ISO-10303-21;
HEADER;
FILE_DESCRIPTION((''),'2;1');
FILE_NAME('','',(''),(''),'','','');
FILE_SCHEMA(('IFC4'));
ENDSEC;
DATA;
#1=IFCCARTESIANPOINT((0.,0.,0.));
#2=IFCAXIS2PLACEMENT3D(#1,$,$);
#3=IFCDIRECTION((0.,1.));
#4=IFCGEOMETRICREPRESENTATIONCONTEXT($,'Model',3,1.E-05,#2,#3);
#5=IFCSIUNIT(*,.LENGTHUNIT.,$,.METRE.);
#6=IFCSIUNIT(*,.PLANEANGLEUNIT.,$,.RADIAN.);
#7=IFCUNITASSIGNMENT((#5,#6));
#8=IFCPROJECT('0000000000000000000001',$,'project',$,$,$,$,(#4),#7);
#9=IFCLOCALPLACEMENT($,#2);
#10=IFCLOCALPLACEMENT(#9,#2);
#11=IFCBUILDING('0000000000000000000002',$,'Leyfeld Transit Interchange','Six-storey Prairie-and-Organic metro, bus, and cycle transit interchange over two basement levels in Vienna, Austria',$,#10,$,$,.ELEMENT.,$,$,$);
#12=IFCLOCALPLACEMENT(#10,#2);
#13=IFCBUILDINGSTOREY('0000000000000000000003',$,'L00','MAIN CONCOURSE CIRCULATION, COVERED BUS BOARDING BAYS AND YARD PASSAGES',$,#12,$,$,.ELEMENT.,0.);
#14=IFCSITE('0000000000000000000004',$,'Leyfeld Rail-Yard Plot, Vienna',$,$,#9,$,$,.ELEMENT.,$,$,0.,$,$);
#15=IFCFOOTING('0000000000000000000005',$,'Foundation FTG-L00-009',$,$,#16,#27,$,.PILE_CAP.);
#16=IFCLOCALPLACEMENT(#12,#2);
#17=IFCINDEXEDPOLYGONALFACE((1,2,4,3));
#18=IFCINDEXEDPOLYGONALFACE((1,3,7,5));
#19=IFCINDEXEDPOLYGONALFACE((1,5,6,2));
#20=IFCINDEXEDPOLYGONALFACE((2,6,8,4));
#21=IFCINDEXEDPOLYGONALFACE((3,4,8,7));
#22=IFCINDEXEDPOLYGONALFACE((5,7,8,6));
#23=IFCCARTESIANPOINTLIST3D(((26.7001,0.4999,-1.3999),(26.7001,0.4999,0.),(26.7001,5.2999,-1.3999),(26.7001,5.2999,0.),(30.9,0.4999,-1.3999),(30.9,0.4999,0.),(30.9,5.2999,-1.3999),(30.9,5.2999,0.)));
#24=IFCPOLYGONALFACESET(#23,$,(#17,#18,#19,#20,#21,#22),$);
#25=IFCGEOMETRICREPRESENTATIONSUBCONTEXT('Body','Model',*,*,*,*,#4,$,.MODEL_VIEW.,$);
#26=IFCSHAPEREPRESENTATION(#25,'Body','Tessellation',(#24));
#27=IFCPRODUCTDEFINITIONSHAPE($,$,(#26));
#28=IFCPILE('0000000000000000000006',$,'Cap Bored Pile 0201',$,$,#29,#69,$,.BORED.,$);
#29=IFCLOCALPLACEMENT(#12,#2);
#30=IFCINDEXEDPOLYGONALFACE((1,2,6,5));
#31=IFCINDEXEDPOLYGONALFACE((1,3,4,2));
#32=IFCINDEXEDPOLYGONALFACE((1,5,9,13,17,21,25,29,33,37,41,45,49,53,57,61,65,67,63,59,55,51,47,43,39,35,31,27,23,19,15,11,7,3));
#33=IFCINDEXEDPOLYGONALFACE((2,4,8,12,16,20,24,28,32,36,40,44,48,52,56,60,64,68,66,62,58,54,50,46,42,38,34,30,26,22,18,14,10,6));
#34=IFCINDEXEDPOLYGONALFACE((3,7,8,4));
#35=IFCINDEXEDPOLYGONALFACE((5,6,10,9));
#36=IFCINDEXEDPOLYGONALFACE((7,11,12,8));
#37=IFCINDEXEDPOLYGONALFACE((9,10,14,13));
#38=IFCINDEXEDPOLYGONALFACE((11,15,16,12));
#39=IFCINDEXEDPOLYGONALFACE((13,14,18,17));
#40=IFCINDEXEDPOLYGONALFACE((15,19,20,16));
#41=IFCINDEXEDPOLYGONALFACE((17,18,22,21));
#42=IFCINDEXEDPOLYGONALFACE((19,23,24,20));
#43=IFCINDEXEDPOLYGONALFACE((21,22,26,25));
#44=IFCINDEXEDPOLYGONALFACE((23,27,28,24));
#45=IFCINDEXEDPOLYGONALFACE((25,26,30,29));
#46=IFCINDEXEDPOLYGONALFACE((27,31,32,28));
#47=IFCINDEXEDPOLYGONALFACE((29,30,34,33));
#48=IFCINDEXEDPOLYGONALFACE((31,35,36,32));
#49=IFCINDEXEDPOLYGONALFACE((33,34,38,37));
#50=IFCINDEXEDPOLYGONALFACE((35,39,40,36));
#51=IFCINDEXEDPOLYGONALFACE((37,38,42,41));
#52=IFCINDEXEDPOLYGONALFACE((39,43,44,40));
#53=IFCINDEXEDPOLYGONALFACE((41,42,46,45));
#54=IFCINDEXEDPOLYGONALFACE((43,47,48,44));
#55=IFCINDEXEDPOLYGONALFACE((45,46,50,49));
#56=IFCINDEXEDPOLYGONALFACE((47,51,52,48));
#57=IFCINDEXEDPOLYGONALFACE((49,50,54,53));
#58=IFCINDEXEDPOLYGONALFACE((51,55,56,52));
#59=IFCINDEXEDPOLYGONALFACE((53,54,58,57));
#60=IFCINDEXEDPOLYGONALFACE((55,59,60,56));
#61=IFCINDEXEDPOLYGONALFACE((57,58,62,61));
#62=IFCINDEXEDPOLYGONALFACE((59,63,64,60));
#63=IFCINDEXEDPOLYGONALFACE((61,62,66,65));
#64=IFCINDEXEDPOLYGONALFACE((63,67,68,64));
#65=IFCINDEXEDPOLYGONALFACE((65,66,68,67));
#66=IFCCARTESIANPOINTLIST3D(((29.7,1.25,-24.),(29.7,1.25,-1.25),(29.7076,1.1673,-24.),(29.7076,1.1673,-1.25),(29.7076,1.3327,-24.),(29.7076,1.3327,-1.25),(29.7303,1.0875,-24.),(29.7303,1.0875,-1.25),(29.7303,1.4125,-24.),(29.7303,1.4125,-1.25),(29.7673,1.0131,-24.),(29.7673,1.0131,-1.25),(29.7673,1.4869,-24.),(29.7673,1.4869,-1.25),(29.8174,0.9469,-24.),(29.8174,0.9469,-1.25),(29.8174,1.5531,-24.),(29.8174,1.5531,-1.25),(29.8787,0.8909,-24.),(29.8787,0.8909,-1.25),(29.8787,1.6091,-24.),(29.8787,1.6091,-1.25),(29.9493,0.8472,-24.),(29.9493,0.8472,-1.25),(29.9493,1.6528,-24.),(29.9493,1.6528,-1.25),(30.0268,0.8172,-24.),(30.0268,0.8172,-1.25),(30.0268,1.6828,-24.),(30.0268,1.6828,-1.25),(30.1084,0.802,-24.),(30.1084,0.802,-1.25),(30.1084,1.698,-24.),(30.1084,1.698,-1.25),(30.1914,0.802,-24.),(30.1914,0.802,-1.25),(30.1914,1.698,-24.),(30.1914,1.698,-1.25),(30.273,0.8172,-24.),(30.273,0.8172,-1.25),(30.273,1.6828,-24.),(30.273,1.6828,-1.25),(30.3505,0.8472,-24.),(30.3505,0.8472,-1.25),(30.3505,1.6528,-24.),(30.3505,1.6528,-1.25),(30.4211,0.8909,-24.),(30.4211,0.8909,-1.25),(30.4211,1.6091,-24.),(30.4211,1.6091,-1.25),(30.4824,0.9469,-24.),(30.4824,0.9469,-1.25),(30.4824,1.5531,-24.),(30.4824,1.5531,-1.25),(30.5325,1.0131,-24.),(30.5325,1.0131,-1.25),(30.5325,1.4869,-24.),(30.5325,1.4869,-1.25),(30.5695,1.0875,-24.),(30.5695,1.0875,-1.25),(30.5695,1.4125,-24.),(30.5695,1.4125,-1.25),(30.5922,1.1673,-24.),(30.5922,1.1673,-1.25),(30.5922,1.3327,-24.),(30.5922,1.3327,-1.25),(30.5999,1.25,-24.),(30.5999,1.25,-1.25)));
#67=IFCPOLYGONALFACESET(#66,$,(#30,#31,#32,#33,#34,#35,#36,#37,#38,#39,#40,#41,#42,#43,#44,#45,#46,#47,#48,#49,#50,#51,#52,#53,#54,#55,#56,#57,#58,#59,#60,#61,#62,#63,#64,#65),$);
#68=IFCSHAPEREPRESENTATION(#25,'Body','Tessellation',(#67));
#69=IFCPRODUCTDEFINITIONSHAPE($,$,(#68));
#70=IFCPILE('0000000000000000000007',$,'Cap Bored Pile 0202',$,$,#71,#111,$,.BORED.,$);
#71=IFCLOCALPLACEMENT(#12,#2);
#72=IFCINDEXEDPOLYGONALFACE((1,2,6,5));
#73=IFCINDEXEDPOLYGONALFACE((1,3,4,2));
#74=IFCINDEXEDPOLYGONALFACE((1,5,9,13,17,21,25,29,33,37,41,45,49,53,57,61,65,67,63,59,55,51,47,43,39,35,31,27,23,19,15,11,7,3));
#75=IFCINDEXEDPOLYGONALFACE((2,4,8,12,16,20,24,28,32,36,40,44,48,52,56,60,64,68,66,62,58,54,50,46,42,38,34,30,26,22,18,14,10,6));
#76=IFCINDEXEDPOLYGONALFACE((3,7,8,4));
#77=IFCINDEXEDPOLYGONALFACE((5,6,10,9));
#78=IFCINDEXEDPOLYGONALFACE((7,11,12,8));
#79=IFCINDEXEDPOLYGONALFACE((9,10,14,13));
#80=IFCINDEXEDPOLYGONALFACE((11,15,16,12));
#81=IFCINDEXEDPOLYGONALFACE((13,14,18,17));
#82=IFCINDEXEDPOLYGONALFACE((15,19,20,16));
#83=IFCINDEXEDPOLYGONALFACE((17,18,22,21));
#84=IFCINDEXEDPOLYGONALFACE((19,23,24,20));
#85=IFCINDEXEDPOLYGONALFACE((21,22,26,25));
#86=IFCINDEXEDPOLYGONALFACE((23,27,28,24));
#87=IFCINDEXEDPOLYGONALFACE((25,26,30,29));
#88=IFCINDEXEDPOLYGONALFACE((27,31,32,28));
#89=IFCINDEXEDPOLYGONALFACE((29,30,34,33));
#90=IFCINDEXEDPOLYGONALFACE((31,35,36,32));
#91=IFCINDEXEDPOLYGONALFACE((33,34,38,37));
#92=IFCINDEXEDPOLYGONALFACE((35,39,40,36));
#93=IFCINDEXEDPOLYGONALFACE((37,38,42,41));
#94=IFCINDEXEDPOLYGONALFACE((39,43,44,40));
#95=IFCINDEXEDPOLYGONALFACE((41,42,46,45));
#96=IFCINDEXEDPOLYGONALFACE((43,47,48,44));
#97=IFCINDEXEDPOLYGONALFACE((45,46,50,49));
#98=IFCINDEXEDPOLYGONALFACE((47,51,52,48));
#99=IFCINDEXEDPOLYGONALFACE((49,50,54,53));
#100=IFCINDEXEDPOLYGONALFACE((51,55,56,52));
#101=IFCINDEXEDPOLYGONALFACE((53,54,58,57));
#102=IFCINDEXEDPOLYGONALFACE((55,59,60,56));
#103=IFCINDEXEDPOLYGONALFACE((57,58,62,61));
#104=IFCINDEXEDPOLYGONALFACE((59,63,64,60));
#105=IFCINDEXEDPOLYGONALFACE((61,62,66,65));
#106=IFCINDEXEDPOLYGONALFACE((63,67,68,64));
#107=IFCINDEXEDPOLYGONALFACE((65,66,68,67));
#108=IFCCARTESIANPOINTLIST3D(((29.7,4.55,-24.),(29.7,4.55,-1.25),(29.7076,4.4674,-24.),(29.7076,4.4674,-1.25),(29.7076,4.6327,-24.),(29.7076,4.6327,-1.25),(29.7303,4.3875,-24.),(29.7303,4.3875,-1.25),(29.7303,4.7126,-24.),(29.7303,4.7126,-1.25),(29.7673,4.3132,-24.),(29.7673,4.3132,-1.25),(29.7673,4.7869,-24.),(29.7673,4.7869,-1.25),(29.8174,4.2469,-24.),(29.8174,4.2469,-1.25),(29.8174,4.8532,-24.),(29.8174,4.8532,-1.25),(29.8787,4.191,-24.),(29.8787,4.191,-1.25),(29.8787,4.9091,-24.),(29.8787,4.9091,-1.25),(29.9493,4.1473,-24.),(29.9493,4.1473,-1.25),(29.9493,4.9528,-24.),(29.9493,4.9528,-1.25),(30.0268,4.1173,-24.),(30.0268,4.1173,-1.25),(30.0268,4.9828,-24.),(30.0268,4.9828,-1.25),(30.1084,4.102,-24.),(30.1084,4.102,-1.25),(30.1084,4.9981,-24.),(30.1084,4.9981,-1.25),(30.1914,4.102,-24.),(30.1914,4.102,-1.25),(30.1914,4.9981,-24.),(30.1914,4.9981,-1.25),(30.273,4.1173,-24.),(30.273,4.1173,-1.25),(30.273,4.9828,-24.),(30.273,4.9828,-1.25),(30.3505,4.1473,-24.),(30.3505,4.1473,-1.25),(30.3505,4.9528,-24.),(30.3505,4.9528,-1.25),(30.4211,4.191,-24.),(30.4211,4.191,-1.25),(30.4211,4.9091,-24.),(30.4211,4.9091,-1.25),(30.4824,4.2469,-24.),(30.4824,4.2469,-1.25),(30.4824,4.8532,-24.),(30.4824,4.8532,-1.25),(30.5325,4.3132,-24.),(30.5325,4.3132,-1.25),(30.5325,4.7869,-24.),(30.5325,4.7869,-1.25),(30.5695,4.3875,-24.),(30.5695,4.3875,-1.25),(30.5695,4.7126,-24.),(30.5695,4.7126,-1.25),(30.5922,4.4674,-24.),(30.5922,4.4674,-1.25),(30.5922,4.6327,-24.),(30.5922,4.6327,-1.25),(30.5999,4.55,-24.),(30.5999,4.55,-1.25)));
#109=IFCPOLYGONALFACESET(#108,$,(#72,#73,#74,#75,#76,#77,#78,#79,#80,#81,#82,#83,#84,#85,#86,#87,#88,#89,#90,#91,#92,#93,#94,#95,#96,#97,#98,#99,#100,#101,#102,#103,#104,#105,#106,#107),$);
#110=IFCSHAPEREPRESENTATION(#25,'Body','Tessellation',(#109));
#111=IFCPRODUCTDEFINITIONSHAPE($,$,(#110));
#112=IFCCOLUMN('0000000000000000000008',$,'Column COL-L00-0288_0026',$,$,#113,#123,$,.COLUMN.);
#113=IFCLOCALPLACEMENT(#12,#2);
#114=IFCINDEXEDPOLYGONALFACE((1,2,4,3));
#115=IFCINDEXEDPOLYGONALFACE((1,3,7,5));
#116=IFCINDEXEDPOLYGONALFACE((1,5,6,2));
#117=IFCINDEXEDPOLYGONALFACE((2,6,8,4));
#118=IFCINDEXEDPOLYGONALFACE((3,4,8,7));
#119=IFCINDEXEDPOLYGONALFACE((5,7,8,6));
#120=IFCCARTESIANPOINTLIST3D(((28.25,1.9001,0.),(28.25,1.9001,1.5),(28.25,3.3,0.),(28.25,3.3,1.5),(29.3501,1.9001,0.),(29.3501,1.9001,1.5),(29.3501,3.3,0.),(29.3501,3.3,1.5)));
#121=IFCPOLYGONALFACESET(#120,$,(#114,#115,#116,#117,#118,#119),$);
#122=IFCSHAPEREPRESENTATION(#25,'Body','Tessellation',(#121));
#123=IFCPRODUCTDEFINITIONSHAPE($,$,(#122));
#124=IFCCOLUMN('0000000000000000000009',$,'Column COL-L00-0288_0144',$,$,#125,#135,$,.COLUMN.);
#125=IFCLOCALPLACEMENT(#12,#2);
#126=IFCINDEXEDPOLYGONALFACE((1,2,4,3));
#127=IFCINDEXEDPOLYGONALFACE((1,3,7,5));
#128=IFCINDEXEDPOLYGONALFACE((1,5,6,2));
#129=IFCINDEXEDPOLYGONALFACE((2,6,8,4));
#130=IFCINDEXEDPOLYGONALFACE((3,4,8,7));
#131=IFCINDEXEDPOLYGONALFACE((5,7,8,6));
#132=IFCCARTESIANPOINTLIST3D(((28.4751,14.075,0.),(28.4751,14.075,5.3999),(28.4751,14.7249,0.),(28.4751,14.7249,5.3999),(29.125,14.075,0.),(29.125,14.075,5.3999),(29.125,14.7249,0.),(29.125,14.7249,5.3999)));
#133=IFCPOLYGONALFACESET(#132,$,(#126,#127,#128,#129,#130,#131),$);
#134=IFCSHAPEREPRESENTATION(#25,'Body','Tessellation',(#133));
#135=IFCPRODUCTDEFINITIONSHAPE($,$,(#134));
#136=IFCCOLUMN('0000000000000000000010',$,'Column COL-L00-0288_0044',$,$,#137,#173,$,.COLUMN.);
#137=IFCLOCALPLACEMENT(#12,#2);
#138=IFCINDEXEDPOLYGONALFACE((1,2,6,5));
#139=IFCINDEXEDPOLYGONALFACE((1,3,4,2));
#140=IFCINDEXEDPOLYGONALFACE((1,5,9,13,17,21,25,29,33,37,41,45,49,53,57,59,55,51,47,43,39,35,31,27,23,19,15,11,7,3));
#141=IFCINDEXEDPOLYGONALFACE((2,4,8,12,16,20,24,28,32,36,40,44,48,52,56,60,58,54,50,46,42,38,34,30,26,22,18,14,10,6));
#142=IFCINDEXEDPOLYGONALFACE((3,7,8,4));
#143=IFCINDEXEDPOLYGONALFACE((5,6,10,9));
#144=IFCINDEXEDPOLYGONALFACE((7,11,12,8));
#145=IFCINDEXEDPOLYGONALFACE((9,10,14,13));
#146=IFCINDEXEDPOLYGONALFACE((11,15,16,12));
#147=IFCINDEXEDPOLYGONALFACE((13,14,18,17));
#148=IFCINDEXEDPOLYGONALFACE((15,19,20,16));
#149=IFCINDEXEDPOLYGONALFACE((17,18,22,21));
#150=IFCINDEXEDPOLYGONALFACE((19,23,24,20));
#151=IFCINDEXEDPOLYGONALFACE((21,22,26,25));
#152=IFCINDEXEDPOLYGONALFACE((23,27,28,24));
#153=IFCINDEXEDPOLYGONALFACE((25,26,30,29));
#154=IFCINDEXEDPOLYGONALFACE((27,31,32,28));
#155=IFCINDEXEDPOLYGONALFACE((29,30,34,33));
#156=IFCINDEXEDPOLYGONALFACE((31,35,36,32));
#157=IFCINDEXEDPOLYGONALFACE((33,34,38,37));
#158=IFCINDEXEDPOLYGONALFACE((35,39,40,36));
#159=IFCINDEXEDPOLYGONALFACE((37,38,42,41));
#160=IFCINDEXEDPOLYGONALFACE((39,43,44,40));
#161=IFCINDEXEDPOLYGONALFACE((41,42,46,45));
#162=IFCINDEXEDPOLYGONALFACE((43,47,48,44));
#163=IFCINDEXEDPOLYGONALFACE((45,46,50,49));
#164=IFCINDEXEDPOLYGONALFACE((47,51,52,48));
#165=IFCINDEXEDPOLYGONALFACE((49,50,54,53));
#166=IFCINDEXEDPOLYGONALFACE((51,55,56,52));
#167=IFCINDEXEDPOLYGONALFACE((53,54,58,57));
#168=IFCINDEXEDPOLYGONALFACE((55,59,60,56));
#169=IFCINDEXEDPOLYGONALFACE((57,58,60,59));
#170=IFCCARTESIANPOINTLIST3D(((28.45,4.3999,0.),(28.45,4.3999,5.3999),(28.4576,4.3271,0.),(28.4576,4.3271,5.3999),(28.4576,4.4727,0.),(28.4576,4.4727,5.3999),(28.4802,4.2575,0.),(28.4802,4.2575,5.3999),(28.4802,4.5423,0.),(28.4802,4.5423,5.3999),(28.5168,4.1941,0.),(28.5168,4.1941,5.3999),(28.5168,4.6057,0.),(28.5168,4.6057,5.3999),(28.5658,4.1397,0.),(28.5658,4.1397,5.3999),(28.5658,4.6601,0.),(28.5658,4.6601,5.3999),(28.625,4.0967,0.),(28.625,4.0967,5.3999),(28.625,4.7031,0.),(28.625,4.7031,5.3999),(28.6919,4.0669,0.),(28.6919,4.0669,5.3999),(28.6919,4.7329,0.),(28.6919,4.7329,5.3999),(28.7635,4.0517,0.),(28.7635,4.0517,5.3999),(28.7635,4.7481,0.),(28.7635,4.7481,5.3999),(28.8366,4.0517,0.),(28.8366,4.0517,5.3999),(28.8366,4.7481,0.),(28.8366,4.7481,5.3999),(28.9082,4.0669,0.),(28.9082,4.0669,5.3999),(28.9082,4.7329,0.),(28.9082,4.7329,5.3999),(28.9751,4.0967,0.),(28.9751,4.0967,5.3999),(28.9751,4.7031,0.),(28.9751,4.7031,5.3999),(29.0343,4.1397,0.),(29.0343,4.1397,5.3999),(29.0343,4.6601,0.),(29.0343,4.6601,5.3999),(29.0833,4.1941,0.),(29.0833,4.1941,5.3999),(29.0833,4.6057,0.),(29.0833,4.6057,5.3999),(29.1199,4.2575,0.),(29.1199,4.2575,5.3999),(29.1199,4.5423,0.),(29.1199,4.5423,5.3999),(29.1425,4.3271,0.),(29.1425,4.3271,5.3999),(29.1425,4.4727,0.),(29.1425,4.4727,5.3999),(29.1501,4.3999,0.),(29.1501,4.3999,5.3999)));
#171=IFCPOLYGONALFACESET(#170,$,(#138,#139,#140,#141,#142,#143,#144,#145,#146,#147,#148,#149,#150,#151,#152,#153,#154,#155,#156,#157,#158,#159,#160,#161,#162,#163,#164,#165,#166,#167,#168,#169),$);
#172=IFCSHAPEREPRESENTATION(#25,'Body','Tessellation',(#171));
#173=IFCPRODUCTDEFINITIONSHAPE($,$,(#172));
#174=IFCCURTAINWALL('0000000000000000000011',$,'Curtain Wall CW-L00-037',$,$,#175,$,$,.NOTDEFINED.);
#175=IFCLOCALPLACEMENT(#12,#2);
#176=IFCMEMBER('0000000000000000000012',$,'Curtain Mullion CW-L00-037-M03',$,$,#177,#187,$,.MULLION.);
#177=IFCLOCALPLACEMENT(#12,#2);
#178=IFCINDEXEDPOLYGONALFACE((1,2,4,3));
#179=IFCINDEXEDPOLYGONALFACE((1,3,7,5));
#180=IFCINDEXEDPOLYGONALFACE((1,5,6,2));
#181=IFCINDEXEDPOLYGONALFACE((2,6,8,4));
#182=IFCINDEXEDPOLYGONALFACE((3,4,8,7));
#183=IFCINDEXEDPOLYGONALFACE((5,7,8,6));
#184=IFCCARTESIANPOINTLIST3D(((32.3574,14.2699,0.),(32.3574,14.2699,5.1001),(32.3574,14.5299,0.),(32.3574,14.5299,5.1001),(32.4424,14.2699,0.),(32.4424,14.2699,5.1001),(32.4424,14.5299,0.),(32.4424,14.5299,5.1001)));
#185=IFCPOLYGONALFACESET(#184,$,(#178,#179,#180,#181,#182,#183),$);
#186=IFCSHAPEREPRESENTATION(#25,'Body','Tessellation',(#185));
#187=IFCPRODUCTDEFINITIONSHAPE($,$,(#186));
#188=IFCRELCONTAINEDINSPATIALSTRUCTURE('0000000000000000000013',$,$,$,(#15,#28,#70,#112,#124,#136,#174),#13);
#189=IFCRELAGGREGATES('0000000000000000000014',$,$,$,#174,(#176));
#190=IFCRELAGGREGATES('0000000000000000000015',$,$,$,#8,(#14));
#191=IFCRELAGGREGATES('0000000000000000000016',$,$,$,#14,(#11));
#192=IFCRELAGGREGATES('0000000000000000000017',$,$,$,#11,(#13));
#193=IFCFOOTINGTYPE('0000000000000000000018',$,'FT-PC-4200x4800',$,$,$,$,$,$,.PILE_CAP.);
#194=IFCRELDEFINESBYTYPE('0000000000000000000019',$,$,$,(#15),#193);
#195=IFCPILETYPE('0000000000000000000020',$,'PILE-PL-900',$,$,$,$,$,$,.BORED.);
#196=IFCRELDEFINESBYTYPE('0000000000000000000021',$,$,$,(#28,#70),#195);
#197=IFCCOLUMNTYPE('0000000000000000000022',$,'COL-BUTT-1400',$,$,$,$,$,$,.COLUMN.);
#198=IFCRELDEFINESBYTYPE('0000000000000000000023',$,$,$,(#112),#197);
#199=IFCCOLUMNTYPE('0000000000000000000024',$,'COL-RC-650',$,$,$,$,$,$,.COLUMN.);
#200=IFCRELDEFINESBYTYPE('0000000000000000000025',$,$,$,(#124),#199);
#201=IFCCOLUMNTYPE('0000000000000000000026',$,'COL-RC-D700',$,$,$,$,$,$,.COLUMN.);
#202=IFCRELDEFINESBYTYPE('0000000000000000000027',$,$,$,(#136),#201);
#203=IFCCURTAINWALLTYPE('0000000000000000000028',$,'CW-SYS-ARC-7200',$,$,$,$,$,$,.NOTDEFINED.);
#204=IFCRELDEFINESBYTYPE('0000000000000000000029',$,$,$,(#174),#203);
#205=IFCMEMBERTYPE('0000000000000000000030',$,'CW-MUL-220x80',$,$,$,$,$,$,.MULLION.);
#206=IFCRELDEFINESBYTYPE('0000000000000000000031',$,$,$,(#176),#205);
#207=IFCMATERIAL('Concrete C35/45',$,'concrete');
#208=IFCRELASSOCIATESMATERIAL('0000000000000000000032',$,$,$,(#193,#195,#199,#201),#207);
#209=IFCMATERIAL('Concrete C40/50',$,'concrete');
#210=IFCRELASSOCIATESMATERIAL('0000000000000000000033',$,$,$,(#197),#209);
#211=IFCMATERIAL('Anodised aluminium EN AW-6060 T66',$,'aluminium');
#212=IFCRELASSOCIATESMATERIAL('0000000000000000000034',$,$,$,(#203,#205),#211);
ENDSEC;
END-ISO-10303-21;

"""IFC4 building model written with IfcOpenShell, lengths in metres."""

from ifc_helpers import new_model, si_unit, direction, frame, origin, origin_2d, place, context, subcontext, project, spatial, rectangle, circle, extrude, material, material_profile, profile_set, type_object, element, aggregate, save


model = new_model("IFC4")

# Units and contexts
model_context = context("Model", 3, precision=1e-05, world=origin(), true_north=direction((0.0, 1.0)))
body_context = subcontext(model_context, "Body", "Model", "MODEL_VIEW")
ifc_project = project(units=[si_unit("LENGTHUNIT", "METRE"), si_unit("PLANEANGLEUNIT", "RADIAN")], contexts=[model_context])

# Site, building, storey
site_placement = place(None, origin())
site = spatial("IfcSite", under=ifc_project, at=site_placement, Name="Leyfeld Rail-Yard Plot, Vienna", CompositionType="ELEMENT", RefElevation=0.0)
building_placement = place(site_placement, origin())
building = spatial("IfcBuilding", under=site, at=building_placement, Name="Leyfeld Transit Interchange", Description="Six-storey Prairie-and-Organic metro, bus, and cycle transit interchange over two basement levels in Vienna, Austria", CompositionType="ELEMENT")
storey_placement = place(building_placement, origin())
storey = spatial("IfcBuildingStorey", under=building, at=storey_placement, Name="L00", Description="MAIN CONCOURSE CIRCULATION, COVERED BUS BOARDING BAYS AND YARD PASSAGES", CompositionType="ELEMENT", Elevation=0.0)

# Footing
ifc_material_1 = material(Name="Concrete C35/45", Category="concrete")
footing_type = type_object("IfcFootingType", Name="FT-PC-4200x4800", PredefinedType="PILE_CAP", material=ifc_material_1)
footing_placement = place(storey_placement, frame((28.8, 2.8999, -1.3999), z_axis=(0.0, 0.0, 1.0), x_axis=(1.0, 0.0, 0.0)))
element("IfcFooting", 1, at=footing_placement, inside=storey, type_object=footing_type, Name="Foundation FTG-L00-009", PredefinedType="PILE_CAP", context=body_context, shape_type="SweptSolid", body=[
    extrude(rectangle(XDim=4.2, YDim=4.8, at=origin_2d()), origin(), (0.0, 0.0, 1.0), 1.3999),
])

# Piles
ifc_material_profile_1 = material_profile(ifc_material_1, circle(Radius=0.45, at=origin_2d()), Name="PILE D900")
ifc_profile_set_1 = profile_set([ifc_material_profile_1], Name="Concrete C35/45")
pile_type = type_object("IfcPileType", Name="PILE-PL-900", PredefinedType="BORED", material=ifc_profile_set_1)
for number, where, z_axis, x_axis, name in (
    (2, (30.1499, 1.25, -1.25), (0.0, 0.0, -1.0), (1.0, 0.0, 0.0), "Cap Bored Pile 0201"),
    (3, (30.1499, 4.55, -1.25), (0.0, 0.0, -1.0), (1.0, 0.0, 0.0), "Cap Bored Pile 0202"),
):
    element("IfcPile", number, at=place(storey_placement, frame(where, z_axis=z_axis, x_axis=x_axis)), inside=storey, type_object=pile_type, Name=name, PredefinedType="BORED", context=body_context, shape_type="SweptSolid", body=[
        extrude(circle(Radius=0.45, at=origin_2d()), origin(), (0.0, 0.0, 1.0), 22.75),
    ])

# Columns
ifc_material_2 = material(Name="Concrete C40/50", Category="concrete")
ifc_material_profile_2 = material_profile(ifc_material_2, rectangle(XDim=1.1001, YDim=1.3999, at=origin_2d()), Name="RC 1400x1100")
ifc_profile_set_2 = profile_set([ifc_material_profile_2], Name="Concrete C40/50")
column_type_1 = type_object("IfcColumnType", Name="COL-BUTT-1400", PredefinedType="COLUMN", material=ifc_profile_set_2)
column_1_placement = place(storey_placement, frame((28.8, 2.6001, 0.0), z_axis=(0.0, 0.0, 1.0), x_axis=(1.0, 0.0, 0.0)))
element("IfcColumn", 4, at=column_1_placement, inside=storey, type_object=column_type_1, Name="Column COL-L00-0288_0026", PredefinedType="COLUMN", context=body_context, shape_type="SweptSolid", body=[
    extrude(rectangle(XDim=1.1001, YDim=1.3999, at=origin_2d()), origin(), (0.0, 0.0, 1.0), 1.5),
])
ifc_material_profile_3 = material_profile(ifc_material_1, rectangle(XDim=0.6499, YDim=0.6499, at=origin_2d()), Name="RC 650x650")
ifc_profile_set_3 = profile_set([ifc_material_profile_3], Name="Concrete C35/45")
column_type_2 = type_object("IfcColumnType", Name="COL-RC-650", PredefinedType="COLUMN", material=ifc_profile_set_3)
column_2_placement = place(storey_placement, frame((28.8, 14.3999, 0.0), z_axis=(0.0, 0.0, 1.0), x_axis=(1.0, 0.0, 0.0)))
element("IfcColumn", 5, at=column_2_placement, inside=storey, type_object=column_type_2, Name="Column COL-L00-0288_0144", PredefinedType="COLUMN", context=body_context, shape_type="SweptSolid", body=[
    extrude(rectangle(XDim=0.6499, YDim=0.6499, at=origin_2d()), origin(), (0.0, 0.0, 1.0), 5.3999),
])
ifc_material_profile_4 = material_profile(ifc_material_1, circle(Radius=0.3501, at=origin_2d()), Name="RC D700")
ifc_profile_set_4 = profile_set([ifc_material_profile_4], Name="Concrete C35/45")
column_type_3 = type_object("IfcColumnType", Name="COL-RC-D700", PredefinedType="COLUMN", material=ifc_profile_set_4)
column_3_placement = place(storey_placement, frame((28.8, 4.3999, 0.0), z_axis=(0.0, 0.0, 1.0), x_axis=(1.0, 0.0, 0.0)))
element("IfcColumn", 6, at=column_3_placement, inside=storey, type_object=column_type_3, Name="Column COL-L00-0288_0044", PredefinedType="COLUMN", context=body_context, shape_type="SweptSolid", body=[
    extrude(circle(Radius=0.3501, at=origin_2d()), origin(), (0.0, 0.0, 1.0), 5.3999),
])

# Curtain wall, member
ifc_material_3 = material(Name="Anodised aluminium EN AW-6060 T66", Category="aluminium")
curtain_wall_type = type_object("IfcCurtainWallType", Name="CW-SYS-ARC-7200", PredefinedType="NOTDEFINED", material=ifc_material_3)
curtain_wall_1_placement = place(storey_placement, origin())
curtain_wall_1 = element("IfcCurtainWall", 7, at=curtain_wall_1_placement, inside=storey, type_object=curtain_wall_type, Name="Curtain Wall CW-L00-037", PredefinedType="NOTDEFINED")
ifc_material_profile_5 = material_profile(ifc_material_3, rectangle(XDim=0.085, YDim=0.26, at=origin_2d()), Name="CW-M 85x260")
ifc_profile_set_5 = profile_set([ifc_material_profile_5], Name="Anodised aluminium EN AW-6060 T66")
member_type_1 = type_object("IfcMemberType", Name="CW-MUL-220x80", PredefinedType="MULLION", material=ifc_profile_set_5)
member_1_placement = place(storey_placement, frame((32.3999, 14.3999, 0.0), z_axis=(0.0, 0.0, 1.0), x_axis=(-1.0, 0.0, 0.0)))
member_1 = element("IfcMember", 8, at=member_1_placement, type_object=member_type_1, Name="Curtain Mullion CW-L00-037-M03", PredefinedType="MULLION", context=body_context, shape_type="SweptSolid", body=[
    extrude(rectangle(XDim=0.085, YDim=0.26, at=origin_2d()), origin(), (0.0, 0.0, 1.0), 5.1001),
])

aggregate(curtain_wall_1, [member_1])

save(model, "model.ifc")
